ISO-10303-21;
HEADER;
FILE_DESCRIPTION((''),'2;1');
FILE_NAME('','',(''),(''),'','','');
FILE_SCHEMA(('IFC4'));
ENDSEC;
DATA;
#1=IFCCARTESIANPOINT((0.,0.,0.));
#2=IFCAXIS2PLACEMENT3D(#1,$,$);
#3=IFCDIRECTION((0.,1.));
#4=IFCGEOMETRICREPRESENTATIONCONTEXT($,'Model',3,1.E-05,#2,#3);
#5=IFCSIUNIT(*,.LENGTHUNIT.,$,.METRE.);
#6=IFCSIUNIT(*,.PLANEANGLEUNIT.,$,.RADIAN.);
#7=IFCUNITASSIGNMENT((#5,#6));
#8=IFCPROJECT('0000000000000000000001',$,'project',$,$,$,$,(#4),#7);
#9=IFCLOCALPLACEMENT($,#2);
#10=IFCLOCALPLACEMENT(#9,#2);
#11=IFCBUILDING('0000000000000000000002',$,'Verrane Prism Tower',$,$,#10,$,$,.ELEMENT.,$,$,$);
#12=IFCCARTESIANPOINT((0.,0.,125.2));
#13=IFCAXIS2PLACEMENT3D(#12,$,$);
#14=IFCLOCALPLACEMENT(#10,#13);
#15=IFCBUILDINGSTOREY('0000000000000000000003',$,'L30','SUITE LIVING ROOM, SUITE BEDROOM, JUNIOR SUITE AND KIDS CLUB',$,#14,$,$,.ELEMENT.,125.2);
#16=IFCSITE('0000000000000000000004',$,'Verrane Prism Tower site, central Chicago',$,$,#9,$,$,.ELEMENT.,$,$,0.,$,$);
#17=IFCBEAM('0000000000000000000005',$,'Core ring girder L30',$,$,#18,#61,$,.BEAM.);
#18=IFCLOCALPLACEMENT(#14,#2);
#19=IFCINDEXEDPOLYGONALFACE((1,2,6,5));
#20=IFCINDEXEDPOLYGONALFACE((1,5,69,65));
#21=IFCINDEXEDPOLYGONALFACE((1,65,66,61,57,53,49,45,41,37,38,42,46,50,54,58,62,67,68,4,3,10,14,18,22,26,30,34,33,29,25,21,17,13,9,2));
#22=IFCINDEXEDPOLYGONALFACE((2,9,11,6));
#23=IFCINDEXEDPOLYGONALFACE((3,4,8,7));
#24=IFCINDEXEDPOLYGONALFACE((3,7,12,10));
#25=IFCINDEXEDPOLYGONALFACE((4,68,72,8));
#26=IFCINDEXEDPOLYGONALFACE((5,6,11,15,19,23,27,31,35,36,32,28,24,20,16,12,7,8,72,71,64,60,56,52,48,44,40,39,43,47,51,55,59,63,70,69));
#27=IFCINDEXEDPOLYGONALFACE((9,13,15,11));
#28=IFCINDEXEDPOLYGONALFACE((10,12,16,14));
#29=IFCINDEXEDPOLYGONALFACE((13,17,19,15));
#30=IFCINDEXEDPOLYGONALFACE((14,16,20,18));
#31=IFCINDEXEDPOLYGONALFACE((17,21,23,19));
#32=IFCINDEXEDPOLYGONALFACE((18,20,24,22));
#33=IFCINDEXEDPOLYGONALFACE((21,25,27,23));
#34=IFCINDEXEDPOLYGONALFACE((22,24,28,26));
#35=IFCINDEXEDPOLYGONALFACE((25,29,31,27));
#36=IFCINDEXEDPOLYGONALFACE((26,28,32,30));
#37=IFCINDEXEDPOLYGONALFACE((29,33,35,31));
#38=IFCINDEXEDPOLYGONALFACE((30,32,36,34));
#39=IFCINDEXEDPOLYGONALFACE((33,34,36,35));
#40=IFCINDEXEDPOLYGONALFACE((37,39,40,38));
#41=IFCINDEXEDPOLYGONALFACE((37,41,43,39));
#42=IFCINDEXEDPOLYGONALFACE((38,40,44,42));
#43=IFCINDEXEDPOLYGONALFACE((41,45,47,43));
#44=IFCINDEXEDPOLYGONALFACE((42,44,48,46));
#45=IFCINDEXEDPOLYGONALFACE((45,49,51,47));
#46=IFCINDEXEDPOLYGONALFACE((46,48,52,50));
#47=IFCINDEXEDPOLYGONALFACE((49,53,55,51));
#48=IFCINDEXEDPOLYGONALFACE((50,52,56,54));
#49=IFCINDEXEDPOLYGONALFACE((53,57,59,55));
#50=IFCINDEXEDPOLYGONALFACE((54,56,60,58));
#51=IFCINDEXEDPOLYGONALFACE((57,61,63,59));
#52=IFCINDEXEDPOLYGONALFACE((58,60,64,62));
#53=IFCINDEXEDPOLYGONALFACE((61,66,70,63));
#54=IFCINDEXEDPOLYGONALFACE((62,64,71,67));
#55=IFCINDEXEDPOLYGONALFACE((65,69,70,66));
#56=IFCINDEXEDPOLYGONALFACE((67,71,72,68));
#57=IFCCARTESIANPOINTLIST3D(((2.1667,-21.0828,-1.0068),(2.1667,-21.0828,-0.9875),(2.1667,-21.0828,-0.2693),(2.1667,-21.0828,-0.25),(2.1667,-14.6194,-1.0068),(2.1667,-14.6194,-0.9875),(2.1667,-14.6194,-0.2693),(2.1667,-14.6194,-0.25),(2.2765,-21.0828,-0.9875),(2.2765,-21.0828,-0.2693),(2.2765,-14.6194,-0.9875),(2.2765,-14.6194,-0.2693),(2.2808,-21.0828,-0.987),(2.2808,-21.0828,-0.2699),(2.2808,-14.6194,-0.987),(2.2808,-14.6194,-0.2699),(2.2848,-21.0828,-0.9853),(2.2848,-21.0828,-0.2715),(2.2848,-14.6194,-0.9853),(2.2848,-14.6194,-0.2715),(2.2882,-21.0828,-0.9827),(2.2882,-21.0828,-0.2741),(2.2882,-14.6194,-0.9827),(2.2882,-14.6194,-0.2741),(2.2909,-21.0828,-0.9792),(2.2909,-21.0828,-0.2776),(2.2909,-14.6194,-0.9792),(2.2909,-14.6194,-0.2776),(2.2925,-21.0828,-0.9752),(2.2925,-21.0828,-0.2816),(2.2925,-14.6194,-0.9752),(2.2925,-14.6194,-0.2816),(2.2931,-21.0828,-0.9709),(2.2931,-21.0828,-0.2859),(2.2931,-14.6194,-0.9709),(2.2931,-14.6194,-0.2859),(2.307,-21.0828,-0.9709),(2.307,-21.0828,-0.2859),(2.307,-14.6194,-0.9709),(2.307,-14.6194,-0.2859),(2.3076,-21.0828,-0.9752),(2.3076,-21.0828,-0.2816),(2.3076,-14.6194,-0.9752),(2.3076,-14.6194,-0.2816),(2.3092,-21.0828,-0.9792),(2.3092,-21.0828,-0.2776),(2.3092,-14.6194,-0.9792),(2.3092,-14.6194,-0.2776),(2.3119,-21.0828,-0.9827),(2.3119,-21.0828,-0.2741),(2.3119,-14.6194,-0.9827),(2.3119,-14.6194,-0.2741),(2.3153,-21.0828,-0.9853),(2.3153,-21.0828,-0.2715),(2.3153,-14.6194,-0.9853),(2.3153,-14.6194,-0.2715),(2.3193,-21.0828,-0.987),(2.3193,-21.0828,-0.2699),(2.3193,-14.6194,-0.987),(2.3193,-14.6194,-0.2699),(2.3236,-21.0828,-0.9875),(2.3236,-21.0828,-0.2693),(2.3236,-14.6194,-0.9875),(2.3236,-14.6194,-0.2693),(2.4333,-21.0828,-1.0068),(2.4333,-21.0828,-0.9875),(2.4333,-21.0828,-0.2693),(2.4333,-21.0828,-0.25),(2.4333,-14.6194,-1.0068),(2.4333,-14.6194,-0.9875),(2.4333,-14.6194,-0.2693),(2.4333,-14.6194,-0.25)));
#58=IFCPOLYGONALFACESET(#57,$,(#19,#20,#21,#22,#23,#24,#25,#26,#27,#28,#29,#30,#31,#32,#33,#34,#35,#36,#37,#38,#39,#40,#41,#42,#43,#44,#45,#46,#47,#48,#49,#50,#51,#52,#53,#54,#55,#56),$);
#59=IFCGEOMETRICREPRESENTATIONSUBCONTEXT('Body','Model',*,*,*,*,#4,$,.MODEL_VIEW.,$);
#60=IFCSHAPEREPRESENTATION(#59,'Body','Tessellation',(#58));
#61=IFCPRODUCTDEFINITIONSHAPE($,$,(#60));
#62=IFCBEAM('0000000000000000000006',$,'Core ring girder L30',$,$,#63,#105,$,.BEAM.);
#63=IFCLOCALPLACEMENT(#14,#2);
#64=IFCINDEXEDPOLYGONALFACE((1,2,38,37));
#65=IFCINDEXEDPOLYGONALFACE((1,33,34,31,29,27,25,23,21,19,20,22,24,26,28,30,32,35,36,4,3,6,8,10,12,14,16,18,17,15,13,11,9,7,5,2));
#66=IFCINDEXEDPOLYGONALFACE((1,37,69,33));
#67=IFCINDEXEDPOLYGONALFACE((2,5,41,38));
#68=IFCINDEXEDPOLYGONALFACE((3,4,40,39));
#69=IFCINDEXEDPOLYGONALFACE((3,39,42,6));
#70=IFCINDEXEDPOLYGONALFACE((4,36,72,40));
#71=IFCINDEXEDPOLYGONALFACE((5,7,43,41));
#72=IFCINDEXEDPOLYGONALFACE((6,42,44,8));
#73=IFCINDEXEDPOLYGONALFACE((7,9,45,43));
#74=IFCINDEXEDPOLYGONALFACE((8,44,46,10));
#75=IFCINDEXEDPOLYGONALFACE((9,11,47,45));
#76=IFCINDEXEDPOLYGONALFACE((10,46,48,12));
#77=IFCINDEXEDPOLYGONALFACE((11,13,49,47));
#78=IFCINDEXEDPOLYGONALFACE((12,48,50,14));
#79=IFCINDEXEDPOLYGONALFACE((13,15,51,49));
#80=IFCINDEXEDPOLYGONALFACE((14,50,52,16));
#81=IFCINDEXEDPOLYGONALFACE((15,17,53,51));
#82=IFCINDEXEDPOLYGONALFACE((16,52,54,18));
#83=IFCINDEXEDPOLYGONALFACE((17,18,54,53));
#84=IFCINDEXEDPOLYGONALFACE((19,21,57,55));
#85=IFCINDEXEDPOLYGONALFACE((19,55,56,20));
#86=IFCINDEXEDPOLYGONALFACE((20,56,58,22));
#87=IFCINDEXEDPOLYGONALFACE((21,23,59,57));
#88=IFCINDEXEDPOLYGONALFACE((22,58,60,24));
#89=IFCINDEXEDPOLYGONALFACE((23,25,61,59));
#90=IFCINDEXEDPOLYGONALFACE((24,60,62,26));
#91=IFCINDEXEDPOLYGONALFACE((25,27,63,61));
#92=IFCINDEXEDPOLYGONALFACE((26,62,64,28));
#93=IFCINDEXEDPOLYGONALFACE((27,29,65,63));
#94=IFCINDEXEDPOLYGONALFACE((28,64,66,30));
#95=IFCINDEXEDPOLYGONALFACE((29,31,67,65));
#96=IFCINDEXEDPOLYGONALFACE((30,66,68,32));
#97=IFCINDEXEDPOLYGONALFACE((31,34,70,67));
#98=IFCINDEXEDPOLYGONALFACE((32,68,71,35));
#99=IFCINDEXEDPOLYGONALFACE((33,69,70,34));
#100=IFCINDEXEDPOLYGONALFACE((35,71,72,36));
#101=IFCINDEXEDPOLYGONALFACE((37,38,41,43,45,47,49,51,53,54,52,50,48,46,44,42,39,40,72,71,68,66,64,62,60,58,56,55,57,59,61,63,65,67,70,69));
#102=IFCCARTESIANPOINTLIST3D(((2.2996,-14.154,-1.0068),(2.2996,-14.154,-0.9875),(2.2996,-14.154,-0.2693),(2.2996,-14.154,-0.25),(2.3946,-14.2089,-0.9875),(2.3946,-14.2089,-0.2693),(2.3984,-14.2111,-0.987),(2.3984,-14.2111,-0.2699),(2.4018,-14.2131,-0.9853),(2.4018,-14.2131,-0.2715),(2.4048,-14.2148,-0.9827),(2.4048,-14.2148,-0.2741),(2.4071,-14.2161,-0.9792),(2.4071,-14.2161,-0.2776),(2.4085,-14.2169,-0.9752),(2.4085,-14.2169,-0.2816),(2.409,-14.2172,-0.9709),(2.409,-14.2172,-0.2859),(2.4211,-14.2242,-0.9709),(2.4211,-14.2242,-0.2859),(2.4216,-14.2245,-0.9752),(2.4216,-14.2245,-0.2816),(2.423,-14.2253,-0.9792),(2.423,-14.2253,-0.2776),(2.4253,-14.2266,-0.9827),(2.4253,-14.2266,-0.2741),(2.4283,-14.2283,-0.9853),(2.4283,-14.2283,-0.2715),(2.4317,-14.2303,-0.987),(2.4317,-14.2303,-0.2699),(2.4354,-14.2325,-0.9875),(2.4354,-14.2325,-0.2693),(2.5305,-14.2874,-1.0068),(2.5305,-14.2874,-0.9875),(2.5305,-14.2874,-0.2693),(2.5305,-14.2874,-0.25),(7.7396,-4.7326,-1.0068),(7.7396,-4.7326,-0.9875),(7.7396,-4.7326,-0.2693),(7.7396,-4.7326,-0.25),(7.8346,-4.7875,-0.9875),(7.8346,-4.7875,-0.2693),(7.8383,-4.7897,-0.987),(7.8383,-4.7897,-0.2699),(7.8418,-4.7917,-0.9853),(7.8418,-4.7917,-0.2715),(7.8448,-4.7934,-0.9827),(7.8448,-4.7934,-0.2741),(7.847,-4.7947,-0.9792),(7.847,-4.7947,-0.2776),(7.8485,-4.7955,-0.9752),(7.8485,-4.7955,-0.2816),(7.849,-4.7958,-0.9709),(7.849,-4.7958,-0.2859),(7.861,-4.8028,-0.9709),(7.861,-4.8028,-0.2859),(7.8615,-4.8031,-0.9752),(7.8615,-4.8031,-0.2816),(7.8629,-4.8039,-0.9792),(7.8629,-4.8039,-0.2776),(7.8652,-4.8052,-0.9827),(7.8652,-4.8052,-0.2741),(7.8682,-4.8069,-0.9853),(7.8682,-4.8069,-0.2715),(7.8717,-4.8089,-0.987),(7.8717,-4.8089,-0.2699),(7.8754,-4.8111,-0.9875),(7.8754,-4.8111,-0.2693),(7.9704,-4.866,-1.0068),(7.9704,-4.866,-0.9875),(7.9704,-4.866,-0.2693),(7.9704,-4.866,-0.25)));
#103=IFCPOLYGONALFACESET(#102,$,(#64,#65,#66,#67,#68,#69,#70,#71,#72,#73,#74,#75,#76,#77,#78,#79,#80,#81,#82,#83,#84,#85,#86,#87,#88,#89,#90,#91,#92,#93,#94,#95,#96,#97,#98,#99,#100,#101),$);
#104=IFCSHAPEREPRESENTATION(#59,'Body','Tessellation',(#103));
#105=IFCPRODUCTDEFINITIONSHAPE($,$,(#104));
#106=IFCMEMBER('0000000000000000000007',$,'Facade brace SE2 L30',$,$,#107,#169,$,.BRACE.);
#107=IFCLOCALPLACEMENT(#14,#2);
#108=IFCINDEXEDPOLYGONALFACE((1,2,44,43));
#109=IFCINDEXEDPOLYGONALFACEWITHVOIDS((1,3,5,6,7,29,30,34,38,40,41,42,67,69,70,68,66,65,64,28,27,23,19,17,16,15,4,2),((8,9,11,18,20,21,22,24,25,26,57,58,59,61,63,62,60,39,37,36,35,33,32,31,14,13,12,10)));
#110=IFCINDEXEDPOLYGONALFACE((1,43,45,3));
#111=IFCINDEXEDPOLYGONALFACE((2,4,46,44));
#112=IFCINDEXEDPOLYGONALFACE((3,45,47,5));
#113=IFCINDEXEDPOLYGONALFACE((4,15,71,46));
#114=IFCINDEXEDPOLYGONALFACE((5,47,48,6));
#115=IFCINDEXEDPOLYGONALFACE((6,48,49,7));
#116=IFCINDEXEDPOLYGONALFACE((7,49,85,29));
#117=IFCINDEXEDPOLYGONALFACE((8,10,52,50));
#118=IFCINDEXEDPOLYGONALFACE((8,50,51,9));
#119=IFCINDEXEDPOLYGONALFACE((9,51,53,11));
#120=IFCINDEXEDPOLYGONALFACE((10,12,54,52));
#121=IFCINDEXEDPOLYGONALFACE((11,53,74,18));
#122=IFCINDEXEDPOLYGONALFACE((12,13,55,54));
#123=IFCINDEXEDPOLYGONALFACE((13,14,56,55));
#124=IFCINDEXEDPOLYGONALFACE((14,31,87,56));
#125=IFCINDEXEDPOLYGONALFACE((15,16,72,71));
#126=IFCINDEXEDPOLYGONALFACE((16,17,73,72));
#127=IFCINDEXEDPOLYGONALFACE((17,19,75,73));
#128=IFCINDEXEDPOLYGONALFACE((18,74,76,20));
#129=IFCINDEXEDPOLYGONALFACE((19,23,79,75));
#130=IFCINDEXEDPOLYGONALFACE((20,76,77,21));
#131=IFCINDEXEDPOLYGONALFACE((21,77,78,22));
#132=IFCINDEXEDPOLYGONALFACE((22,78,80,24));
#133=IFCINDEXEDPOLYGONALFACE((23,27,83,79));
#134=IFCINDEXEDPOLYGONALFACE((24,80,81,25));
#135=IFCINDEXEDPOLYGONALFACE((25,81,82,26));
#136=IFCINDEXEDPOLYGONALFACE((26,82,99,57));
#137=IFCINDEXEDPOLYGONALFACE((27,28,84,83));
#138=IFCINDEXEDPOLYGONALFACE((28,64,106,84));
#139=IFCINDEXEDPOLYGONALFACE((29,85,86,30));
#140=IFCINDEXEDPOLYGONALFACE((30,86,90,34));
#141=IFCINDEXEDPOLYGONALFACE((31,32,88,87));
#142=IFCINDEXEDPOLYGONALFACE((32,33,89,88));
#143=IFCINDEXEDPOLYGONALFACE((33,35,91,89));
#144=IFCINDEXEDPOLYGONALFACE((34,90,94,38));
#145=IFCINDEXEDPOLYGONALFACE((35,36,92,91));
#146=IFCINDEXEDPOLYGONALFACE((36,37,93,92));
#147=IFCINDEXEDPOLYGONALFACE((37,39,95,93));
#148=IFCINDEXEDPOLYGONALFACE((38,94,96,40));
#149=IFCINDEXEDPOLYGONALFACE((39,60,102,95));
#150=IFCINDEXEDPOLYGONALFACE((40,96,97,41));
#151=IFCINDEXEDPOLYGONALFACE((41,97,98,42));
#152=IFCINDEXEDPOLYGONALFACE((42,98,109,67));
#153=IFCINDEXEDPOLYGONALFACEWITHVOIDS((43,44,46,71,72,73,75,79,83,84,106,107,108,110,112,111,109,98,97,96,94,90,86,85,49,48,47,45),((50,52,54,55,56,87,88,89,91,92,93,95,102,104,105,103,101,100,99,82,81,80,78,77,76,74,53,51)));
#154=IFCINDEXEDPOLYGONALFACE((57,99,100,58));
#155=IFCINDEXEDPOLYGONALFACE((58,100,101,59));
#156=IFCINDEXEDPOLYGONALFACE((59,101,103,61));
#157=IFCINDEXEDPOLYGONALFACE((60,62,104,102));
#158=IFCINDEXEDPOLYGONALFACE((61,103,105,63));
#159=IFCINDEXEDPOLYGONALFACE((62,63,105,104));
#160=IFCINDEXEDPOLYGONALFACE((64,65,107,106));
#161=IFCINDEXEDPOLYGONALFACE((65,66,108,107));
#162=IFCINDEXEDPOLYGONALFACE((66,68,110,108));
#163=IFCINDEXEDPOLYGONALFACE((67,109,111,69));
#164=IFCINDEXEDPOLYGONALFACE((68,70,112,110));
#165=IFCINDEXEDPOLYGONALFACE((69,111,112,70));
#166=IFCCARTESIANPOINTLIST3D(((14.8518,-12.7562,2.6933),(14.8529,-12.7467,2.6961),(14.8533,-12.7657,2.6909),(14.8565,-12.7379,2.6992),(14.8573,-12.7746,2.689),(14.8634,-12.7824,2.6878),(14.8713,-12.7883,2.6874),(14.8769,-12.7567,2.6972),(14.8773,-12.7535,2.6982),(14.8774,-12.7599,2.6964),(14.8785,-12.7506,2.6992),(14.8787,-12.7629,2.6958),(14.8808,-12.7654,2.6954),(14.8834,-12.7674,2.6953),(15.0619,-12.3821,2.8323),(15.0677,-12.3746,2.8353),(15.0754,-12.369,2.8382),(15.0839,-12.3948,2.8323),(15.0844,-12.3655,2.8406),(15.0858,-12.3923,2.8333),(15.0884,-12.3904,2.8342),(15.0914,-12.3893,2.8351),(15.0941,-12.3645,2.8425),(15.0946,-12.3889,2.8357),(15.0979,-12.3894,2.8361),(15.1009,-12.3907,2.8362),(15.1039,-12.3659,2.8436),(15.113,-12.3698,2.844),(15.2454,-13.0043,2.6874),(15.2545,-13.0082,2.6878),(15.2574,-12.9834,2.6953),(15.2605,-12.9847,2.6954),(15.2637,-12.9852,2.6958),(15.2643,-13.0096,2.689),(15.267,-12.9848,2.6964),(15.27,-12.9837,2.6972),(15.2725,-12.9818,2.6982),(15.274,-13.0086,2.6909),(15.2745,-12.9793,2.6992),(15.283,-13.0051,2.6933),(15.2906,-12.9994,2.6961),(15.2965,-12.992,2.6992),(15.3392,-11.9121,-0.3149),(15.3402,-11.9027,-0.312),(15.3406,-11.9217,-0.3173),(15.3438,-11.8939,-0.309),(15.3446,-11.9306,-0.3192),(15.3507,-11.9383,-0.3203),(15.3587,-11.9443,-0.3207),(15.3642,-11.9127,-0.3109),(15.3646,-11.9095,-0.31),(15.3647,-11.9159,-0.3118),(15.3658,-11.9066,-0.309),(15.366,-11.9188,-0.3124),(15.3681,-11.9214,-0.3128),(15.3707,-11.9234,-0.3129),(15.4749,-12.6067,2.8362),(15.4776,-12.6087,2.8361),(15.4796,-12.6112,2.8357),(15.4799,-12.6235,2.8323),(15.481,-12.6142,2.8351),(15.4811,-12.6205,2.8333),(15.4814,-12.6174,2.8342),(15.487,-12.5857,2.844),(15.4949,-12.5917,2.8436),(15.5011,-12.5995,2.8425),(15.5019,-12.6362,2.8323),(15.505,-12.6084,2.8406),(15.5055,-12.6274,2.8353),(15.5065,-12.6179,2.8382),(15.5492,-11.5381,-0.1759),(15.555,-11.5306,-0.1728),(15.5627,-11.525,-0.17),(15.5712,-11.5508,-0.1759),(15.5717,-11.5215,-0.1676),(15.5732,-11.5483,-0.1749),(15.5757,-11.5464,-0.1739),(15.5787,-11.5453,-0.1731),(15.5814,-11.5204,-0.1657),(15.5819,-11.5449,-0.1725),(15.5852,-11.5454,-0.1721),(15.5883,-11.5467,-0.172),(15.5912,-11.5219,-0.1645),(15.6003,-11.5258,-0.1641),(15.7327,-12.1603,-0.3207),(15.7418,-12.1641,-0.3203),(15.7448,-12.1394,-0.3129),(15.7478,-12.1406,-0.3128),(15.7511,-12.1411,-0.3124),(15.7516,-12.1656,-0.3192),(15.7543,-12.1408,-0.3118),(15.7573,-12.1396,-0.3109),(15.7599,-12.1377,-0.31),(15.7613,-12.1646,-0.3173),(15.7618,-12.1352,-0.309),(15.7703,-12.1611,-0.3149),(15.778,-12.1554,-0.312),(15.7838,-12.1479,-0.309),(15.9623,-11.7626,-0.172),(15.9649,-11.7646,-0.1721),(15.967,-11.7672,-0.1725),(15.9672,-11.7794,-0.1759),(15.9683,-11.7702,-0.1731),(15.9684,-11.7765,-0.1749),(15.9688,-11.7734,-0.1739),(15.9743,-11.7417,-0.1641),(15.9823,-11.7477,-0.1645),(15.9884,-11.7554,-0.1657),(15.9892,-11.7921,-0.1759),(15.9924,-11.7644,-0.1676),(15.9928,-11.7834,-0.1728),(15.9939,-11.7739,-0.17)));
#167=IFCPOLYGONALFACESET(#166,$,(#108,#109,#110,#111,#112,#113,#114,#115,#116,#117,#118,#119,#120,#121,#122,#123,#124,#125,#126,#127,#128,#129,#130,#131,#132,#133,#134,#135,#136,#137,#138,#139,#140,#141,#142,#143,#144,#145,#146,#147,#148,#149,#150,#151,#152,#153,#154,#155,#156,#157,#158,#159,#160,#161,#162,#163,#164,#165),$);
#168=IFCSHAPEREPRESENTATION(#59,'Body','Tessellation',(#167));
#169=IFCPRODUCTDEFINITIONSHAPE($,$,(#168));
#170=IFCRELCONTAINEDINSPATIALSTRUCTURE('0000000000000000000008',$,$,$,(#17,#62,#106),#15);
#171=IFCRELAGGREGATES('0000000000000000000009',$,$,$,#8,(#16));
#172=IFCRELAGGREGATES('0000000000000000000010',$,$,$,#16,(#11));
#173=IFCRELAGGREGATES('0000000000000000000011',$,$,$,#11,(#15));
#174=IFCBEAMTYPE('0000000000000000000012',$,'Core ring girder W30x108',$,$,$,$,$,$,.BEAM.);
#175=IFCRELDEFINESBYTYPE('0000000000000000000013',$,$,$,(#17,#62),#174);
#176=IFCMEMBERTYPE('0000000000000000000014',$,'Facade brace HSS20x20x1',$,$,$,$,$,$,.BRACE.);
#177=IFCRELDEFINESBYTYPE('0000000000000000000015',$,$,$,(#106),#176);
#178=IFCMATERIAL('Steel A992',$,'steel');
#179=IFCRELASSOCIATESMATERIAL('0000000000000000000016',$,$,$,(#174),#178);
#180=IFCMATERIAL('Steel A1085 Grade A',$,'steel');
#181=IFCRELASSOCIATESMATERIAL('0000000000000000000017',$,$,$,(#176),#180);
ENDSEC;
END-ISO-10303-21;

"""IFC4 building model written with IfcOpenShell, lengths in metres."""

from ifc_helpers import new_model, si_unit, direction, frame, origin, origin_2d, place, context, subcontext, project, spatial, hollow_rectangle, i_section, extrude, material, material_profile, profile_set, type_object, element, save


model = new_model("IFC4")

# Units and contexts
model_context = context("Model", 3, precision=1e-05, world=origin(), true_north=direction((0.0, 1.0)))
body_context = subcontext(model_context, "Body", "Model", "MODEL_VIEW")
ifc_project = project(units=[si_unit("LENGTHUNIT", "METRE"), si_unit("PLANEANGLEUNIT", "RADIAN")], contexts=[model_context])

# Site, building, storey
site_placement = place(None, origin())
site = spatial("IfcSite", under=ifc_project, at=site_placement, Name="Verrane Prism Tower site, central Chicago", CompositionType="ELEMENT", RefElevation=0.0)
building_placement = place(site_placement, origin())
building = spatial("IfcBuilding", under=site, at=building_placement, Name="Verrane Prism Tower", CompositionType="ELEMENT")
storey_placement = place(building_placement, frame((0.0, 0.0, 125.2)))
storey = spatial("IfcBuildingStorey", under=building, at=storey_placement, Name="L30", Description="SUITE LIVING ROOM, SUITE BEDROOM, JUNIOR SUITE AND KIDS CLUB", CompositionType="ELEMENT", Elevation=125.2)

# Beams
ifc_material_1 = material(Name="Steel A992", Category="steel")
ifc_material_profile_1 = material_profile(ifc_material_1, i_section(OverallWidth=0.2666, OverallDepth=0.7568, WebThickness=0.0139, FlangeThickness=0.0193, FilletRadius=0.0166, at=origin_2d()), Name="W30x108")
ifc_profile_set_1 = profile_set([ifc_material_profile_1], Name="Steel A992")
beam_type_1 = type_object("IfcBeamType", Name="Core ring girder W30x108", PredefinedType="BEAM", material=ifc_profile_set_1)
beam_1_placement = place(storey_placement, frame((2.3, -21.0828, -0.6284), z_axis=(0.0, 1.0, 0.0), x_axis=(-1.0, 0.0, 0.0)))
element("IfcBeam", 1, at=beam_1_placement, inside=storey, type_object=beam_type_1, Name="Core ring girder L30", PredefinedType="BEAM", context=body_context, shape_type="SweptSolid", body=[
    extrude(i_section(OverallWidth=0.2666, OverallDepth=0.7568, WebThickness=0.0139, FlangeThickness=0.0193, FilletRadius=0.0166, at=origin_2d()), origin(), (0.0, 0.0, 1.0), 6.4634),
])
beam_2_placement = place(storey_placement, frame((2.415, -14.2207, -0.6284), z_axis=(0.500035, 0.866005, 0.0), x_axis=(-0.866005, 0.500035, 0.0)))
element("IfcBeam", 2, at=beam_2_placement, inside=storey, type_object=beam_type_1, Name="Core ring girder L30", PredefinedType="BEAM", context=body_context, shape_type="SweptSolid", body=[
    extrude(i_section(OverallWidth=0.2666, OverallDepth=0.7568, WebThickness=0.0139, FlangeThickness=0.0193, FilletRadius=0.0166, at=origin_2d()), origin(), (0.0, 0.0, 1.0), 10.8792),
])

# Member
ifc_material_2 = material(Name="Steel A1085 Grade A", Category="steel")
ifc_material_profile_2 = material_profile(ifc_material_2, hollow_rectangle(XDim=0.5081, YDim=0.5081, WallThickness=0.0254, InnerFilletRadius=0.0127, OuterFilletRadius=0.0381, at=origin_2d()), Name="HSS20x20x1")
ifc_profile_set_2 = profile_set([ifc_material_profile_2], Name="Steel A1085 Grade A")
member_type_1 = type_object("IfcMemberType", Name="Facade brace HSS20x20x1", PredefinedType="BRACE", material=ifc_profile_set_2)
member_1_placement = place(storey_placement, frame((15.6665, -11.843, -0.2424), z_axis=(-0.154113, -0.266918, 0.951317), x_axis=(0.866015, -0.500019, 0.0)))
element("IfcMember", 3, at=member_1_placement, inside=storey, type_object=member_type_1, Name="Facade brace SE2 L30", PredefinedType="BRACE", context=body_context, shape_type="SweptSolid", body=[
    extrude(hollow_rectangle(XDim=0.5081, YDim=0.5081, WallThickness=0.0254, InnerFilletRadius=0.0127, OuterFilletRadius=0.0381, at=origin_2d()), origin(), (0.0, 0.0, 1.0), 3.1621),
])

save(model, "model.ifc")
